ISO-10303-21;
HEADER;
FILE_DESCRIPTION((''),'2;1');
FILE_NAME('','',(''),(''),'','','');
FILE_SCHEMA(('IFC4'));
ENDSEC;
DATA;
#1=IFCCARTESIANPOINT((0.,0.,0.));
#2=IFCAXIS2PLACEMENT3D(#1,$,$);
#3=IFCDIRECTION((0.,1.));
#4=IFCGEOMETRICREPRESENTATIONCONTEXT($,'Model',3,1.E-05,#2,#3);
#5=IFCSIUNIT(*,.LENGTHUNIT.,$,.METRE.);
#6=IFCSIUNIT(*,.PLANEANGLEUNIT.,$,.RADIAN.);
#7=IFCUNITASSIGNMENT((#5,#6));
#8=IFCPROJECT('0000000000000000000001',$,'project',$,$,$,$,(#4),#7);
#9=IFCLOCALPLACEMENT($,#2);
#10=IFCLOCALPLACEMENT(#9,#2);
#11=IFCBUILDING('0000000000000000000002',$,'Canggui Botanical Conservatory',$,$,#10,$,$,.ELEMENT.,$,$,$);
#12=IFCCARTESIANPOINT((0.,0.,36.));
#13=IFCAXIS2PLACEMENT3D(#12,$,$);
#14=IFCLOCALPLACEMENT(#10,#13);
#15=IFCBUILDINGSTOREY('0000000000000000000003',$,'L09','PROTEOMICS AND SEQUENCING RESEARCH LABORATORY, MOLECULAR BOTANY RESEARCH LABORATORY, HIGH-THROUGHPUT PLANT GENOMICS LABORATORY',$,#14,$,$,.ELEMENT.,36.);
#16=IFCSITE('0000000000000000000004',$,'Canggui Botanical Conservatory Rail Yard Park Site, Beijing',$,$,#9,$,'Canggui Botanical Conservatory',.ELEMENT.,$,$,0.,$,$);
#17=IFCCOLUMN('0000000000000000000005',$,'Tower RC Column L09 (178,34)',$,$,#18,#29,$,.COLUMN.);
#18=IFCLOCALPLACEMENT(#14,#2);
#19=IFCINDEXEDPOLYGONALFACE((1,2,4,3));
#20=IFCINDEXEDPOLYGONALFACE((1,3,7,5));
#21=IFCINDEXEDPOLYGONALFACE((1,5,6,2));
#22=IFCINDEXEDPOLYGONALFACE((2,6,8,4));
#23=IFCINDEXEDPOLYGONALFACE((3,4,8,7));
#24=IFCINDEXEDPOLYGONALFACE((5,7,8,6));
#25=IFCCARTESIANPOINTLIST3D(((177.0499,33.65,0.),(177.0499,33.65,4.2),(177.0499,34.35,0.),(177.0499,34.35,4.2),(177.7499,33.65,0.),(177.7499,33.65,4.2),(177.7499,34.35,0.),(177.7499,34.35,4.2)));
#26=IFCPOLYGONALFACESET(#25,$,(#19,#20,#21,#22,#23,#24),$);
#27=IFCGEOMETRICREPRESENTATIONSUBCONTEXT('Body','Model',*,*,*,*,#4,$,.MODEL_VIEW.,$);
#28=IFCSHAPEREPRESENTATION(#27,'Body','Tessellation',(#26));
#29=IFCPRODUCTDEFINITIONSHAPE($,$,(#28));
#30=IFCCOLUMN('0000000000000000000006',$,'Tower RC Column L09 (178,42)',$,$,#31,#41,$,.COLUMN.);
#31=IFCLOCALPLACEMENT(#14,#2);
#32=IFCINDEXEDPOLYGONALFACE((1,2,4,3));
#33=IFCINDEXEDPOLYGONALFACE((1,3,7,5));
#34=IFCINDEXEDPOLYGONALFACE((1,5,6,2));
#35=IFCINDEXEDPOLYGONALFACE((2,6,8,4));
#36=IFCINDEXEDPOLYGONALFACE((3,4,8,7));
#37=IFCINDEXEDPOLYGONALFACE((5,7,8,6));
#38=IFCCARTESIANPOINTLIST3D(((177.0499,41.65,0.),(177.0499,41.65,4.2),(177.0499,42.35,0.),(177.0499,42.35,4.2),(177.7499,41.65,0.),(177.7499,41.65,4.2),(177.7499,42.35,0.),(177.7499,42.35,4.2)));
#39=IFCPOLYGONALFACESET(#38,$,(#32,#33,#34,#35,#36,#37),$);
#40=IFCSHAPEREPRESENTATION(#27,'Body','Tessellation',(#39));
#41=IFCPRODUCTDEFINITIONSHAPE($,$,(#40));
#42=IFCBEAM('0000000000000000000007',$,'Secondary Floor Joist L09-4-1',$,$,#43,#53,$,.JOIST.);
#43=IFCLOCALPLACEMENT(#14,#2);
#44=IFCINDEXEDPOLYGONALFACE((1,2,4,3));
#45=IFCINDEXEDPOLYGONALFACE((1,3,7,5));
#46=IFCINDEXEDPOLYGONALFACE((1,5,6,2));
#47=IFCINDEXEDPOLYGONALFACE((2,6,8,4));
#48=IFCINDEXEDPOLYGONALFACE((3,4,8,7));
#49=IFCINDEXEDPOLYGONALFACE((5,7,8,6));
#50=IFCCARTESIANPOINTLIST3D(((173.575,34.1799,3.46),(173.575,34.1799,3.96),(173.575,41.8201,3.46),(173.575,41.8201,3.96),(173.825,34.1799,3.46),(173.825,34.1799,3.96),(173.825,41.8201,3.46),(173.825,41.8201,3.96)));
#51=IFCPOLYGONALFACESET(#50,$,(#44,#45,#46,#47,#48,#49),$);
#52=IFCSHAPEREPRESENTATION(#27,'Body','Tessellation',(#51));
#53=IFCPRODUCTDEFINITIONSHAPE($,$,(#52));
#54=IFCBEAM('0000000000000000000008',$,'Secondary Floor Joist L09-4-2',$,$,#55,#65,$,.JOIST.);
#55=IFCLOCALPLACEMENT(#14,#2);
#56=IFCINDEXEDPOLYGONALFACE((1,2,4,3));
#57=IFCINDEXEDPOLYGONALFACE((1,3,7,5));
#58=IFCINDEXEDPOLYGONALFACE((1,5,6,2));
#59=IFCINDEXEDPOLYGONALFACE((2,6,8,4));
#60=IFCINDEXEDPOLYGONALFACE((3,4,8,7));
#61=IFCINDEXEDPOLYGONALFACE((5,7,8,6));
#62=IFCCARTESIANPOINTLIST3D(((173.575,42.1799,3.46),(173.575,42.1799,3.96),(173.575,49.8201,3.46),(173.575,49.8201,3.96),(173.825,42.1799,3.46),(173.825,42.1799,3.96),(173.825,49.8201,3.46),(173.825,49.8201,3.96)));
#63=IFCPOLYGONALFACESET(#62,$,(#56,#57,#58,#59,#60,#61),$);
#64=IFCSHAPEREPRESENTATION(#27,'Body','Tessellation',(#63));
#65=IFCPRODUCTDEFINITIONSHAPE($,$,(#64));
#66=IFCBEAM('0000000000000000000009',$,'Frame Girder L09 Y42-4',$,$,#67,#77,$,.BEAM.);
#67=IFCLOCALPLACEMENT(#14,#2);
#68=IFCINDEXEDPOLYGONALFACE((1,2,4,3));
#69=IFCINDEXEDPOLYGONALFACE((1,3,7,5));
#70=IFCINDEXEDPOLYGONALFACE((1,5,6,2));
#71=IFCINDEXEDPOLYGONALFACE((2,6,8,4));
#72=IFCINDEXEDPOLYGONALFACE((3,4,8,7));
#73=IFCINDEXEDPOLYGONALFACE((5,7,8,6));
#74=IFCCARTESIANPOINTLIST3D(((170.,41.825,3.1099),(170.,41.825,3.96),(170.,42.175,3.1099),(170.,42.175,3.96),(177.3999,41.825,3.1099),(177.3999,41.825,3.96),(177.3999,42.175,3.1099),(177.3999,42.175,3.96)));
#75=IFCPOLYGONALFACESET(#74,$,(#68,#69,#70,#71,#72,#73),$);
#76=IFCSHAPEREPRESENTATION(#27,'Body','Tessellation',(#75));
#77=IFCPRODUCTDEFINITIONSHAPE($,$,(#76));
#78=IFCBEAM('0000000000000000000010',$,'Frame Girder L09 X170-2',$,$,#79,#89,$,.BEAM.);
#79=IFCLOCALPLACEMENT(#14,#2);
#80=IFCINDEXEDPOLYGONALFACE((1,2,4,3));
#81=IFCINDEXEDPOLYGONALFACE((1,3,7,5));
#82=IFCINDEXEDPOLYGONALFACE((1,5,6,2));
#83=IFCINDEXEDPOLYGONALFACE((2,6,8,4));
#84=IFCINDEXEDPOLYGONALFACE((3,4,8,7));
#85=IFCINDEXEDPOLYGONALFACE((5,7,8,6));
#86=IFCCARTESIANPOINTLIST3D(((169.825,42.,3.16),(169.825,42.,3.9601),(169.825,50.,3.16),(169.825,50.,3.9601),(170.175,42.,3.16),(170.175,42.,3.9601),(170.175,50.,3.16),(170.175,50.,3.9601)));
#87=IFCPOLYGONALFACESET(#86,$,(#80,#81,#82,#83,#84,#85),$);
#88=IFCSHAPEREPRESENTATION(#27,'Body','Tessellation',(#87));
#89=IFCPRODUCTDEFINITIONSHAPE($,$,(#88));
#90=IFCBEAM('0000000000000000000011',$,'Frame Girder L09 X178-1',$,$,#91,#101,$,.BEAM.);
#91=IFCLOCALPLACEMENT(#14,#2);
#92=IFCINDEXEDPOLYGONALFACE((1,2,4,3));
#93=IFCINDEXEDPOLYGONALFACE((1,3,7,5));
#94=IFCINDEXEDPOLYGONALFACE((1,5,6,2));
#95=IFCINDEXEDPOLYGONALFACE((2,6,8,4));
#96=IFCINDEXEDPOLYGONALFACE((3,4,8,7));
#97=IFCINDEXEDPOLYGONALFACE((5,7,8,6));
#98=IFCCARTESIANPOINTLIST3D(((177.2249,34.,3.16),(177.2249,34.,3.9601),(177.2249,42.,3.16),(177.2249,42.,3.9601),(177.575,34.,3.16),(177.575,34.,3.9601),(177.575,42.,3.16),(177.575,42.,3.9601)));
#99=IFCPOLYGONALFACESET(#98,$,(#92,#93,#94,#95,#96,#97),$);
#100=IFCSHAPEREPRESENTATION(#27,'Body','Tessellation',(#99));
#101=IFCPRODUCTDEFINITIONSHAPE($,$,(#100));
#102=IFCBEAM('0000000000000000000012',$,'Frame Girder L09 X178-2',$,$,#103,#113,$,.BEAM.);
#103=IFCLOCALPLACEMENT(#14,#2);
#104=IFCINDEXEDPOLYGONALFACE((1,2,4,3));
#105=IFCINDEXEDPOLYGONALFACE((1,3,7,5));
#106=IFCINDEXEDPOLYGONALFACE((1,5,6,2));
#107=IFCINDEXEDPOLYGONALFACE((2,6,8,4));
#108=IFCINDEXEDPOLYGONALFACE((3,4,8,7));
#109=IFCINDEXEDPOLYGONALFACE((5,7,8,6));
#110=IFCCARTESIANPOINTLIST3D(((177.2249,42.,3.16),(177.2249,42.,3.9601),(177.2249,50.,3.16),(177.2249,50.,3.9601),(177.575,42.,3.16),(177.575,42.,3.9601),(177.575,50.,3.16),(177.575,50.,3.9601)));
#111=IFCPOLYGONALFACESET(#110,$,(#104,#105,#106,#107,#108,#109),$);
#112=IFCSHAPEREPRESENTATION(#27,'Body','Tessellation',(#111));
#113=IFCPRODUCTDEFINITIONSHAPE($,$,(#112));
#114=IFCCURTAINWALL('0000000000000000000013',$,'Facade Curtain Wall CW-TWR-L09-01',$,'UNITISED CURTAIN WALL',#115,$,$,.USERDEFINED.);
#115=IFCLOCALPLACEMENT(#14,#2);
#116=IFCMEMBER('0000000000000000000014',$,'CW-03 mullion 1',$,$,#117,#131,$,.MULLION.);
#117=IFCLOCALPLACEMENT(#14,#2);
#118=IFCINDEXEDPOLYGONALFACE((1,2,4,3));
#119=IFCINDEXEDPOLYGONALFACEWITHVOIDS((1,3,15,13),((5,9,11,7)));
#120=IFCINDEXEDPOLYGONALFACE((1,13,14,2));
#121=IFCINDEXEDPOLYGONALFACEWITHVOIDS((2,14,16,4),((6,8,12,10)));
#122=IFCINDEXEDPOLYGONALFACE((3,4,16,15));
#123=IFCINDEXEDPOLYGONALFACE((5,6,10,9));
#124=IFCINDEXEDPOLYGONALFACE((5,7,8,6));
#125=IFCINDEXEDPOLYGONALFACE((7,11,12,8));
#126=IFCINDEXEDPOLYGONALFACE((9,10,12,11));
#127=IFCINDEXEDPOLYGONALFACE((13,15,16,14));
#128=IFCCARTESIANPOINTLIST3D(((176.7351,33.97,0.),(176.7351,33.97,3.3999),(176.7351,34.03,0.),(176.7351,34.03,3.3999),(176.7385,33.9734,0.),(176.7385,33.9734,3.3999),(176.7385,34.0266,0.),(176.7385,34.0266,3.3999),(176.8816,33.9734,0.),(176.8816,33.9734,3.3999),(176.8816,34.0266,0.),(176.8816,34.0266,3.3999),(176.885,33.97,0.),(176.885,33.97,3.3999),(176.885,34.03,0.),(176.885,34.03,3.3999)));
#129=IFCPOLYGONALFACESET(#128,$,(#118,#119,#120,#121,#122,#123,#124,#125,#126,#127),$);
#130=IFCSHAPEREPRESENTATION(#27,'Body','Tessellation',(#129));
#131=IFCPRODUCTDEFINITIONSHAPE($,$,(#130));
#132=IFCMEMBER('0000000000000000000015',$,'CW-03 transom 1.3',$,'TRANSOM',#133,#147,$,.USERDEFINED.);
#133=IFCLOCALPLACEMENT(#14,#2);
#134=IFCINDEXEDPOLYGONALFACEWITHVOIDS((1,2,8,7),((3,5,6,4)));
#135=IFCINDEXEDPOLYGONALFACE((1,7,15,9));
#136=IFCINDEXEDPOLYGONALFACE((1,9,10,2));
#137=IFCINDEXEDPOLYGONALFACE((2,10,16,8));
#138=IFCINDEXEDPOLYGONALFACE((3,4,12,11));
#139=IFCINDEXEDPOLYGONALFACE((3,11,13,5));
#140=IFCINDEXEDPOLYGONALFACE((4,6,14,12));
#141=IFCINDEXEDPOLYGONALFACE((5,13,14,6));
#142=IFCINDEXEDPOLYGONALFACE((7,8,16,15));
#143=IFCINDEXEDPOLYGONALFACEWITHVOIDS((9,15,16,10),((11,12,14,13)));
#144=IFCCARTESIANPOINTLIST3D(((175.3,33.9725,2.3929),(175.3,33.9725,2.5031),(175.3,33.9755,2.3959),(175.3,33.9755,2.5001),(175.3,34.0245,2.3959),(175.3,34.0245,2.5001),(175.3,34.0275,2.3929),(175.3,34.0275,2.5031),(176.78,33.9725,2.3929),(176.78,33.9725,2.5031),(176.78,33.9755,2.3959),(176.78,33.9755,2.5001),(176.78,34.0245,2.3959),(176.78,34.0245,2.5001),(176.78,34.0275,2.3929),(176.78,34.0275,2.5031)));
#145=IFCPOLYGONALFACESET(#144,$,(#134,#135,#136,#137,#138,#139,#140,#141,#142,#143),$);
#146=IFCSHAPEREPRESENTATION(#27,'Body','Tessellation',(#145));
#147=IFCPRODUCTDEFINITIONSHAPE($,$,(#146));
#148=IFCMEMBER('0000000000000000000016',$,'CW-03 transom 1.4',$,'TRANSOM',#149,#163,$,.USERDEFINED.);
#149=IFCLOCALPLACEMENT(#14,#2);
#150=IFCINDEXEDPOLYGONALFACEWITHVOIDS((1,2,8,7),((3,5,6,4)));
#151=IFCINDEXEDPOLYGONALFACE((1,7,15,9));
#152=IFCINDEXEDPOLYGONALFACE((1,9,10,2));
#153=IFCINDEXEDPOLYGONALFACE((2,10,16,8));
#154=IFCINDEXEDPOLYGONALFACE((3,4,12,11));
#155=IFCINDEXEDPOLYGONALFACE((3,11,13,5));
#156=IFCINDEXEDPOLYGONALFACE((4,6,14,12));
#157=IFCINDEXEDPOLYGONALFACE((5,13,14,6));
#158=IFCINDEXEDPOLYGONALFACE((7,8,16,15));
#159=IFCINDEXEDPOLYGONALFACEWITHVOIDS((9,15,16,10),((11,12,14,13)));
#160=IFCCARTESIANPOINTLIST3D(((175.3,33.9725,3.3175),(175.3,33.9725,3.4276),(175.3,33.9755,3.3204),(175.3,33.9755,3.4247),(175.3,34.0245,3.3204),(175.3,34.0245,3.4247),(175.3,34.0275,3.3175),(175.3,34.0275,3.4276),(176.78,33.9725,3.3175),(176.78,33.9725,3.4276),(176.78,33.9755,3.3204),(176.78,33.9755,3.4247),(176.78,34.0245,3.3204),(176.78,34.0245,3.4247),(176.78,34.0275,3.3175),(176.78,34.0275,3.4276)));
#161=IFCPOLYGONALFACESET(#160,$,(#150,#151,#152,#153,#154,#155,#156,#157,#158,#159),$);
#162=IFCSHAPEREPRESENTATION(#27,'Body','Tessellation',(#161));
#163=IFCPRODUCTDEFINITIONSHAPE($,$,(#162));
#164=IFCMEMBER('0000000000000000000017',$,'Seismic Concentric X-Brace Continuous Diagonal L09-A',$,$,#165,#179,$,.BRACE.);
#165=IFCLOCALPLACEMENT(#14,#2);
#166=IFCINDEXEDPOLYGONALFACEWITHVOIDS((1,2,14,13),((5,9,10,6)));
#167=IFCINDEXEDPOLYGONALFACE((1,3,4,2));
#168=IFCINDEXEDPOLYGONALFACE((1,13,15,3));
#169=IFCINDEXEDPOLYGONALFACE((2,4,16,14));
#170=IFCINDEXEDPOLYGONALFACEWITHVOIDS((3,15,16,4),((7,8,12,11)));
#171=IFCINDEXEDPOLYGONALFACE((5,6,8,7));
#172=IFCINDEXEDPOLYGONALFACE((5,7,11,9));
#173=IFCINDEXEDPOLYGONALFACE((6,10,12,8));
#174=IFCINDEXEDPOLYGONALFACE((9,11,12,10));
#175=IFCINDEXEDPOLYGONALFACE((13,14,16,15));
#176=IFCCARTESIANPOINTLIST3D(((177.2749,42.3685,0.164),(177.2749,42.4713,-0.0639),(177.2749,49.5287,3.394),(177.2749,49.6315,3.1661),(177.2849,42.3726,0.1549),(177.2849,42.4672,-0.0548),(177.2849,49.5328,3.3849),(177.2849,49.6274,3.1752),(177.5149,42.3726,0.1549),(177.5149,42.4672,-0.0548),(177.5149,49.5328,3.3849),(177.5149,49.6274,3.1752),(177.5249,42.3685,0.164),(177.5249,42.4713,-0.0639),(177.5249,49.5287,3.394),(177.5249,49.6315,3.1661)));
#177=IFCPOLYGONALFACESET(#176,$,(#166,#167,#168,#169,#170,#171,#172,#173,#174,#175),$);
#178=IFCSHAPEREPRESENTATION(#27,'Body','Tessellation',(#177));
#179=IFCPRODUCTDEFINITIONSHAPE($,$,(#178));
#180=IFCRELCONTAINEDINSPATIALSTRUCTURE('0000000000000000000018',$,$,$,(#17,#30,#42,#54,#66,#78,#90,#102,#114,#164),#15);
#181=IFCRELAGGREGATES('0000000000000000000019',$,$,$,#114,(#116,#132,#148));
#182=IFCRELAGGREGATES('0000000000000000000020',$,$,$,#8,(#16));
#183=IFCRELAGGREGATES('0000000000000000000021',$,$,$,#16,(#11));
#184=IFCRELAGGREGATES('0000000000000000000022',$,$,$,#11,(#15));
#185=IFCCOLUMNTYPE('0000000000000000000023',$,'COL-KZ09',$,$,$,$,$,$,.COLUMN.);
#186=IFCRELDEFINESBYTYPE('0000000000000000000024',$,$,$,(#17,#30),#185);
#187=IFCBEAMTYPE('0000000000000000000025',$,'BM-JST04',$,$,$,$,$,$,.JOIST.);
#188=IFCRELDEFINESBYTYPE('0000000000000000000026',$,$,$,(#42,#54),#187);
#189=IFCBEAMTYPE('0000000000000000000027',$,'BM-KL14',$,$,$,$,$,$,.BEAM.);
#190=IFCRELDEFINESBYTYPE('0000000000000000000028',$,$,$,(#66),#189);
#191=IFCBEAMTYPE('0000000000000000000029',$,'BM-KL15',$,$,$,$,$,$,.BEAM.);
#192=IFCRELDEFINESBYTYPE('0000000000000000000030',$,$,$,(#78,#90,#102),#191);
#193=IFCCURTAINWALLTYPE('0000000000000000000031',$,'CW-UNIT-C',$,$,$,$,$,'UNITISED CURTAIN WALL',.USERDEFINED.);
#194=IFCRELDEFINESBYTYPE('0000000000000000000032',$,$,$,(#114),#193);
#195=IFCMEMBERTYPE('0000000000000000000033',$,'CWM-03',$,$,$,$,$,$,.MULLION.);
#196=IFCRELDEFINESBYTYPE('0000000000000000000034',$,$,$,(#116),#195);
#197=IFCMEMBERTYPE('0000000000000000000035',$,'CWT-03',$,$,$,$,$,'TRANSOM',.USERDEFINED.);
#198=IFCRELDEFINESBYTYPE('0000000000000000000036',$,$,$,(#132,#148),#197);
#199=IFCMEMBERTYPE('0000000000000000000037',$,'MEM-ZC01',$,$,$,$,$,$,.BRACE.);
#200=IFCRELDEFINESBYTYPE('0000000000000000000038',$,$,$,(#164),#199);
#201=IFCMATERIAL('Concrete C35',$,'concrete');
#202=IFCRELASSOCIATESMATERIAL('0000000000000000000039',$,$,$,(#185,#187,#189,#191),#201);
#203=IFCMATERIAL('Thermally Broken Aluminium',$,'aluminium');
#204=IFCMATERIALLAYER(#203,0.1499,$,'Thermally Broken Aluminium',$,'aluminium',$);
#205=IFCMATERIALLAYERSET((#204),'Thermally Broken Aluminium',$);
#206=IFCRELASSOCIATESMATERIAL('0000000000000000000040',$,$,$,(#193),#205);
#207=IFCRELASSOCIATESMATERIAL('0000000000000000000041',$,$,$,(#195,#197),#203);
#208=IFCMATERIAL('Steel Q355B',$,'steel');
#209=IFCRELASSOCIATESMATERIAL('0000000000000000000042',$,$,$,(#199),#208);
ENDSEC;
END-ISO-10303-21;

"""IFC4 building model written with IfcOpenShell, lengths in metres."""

from ifc_helpers import new_model, si_unit, direction, frame, origin, origin_2d, place, context, subcontext, project, spatial, rectangle, hollow_rectangle, extrude, material, layer, layer_set, material_profile, profile_set, type_object, element, aggregate, save


model = new_model("IFC4")

# Units and contexts
model_context = context("Model", 3, precision=1e-05, world=origin(), true_north=direction((0.0, 1.0)))
body_context = subcontext(model_context, "Body", "Model", "MODEL_VIEW")
ifc_project = project(units=[si_unit("LENGTHUNIT", "METRE"), si_unit("PLANEANGLEUNIT", "RADIAN")], contexts=[model_context])

# Site, building, storey
site_placement = place(None, origin())
site = spatial("IfcSite", under=ifc_project, at=site_placement, Name="Canggui Botanical Conservatory Rail Yard Park Site, Beijing", LongName="Canggui Botanical Conservatory", CompositionType="ELEMENT", RefElevation=0.0)
building_placement = place(site_placement, origin())
building = spatial("IfcBuilding", under=site, at=building_placement, Name="Canggui Botanical Conservatory", CompositionType="ELEMENT")
storey_placement = place(building_placement, frame((0.0, 0.0, 36.0)))
storey = spatial("IfcBuildingStorey", under=building, at=storey_placement, Name="L09", Description="PROTEOMICS AND SEQUENCING RESEARCH LABORATORY, MOLECULAR BOTANY RESEARCH LABORATORY, HIGH-THROUGHPUT PLANT GENOMICS LABORATORY", CompositionType="ELEMENT", Elevation=36.0)

# Columns
ifc_material_1 = material(Name="Concrete C35", Category="concrete")
ifc_material_profile_1 = material_profile(ifc_material_1, rectangle(XDim=0.7, YDim=0.7, at=origin_2d()), Name="RC 700x700")
ifc_profile_set_1 = profile_set([ifc_material_profile_1], Name="Concrete C35")
column_type = type_object("IfcColumnType", Name="COL-KZ09", PredefinedType="COLUMN", material=ifc_profile_set_1)
for number, where, z_axis, x_axis, name in (
    (1, (177.3999, 34.0, 0.0), (0.0, 0.0, 1.0), (1.0, 0.0, 0.0), "Tower RC Column L09 (178,34)"),
    (2, (177.3999, 42.0, 0.0), (0.0, 0.0, 1.0), (1.0, 0.0, 0.0), "Tower RC Column L09 (178,42)"),
):
    element("IfcColumn", number, at=place(storey_placement, frame(where, z_axis=z_axis, x_axis=x_axis)), inside=storey, type_object=column_type, Name=name, PredefinedType="COLUMN", context=body_context, shape_type="SweptSolid", body=[
        extrude(rectangle(XDim=0.7, YDim=0.7, at=origin_2d()), origin(), (0.0, 0.0, 1.0), 4.2),
    ])

# Beams
ifc_material_profile_2 = material_profile(ifc_material_1, rectangle(XDim=0.25, YDim=0.5, at=origin_2d()), Name="RB 250x500")
ifc_profile_set_2 = profile_set([ifc_material_profile_2], Name="Concrete C35")
beam_type_1 = type_object("IfcBeamType", Name="BM-JST04", PredefinedType="JOIST", material=ifc_profile_set_2)
for number, where, z_axis, x_axis, name in (
    (3, (173.7, 34.1799, 3.71), (0.0, 1.0, 0.0), (-1.0, 0.0, 0.0), "Secondary Floor Joist L09-4-1"),
    (4, (173.7, 42.1799, 3.71), (0.0, 1.0, 0.0), (-1.0, 0.0, 0.0), "Secondary Floor Joist L09-4-2"),
):
    element("IfcBeam", number, at=place(storey_placement, frame(where, z_axis=z_axis, x_axis=x_axis)), inside=storey, type_object=beam_type_1, Name=name, PredefinedType="JOIST", context=body_context, shape_type="SweptSolid", body=[
        extrude(rectangle(XDim=0.25, YDim=0.5, at=origin_2d()), origin(), (0.0, 0.0, 1.0), 7.6401),
    ])
ifc_material_profile_3 = material_profile(ifc_material_1, rectangle(XDim=0.3501, YDim=0.8501, at=origin_2d()), Name="RB 350x850")
ifc_profile_set_3 = profile_set([ifc_material_profile_3], Name="Concrete C35")
beam_type_2 = type_object("IfcBeamType", Name="BM-KL14", PredefinedType="BEAM", material=ifc_profile_set_3)
beam_placement = place(storey_placement, frame((170.0, 42.0, 3.5349), z_axis=(1.0, 0.0, 0.0), x_axis=(0.0, 1.0, 0.0)))
element("IfcBeam", 5, at=beam_placement, inside=storey, type_object=beam_type_2, Name="Frame Girder L09 Y42-4", PredefinedType="BEAM", context=body_context, shape_type="SweptSolid", body=[
    extrude(rectangle(XDim=0.3501, YDim=0.8501, at=origin_2d()), origin(), (0.0, 0.0, 1.0), 7.3999),
])
ifc_material_profile_4 = material_profile(ifc_material_1, rectangle(XDim=0.3501, YDim=0.8, at=origin_2d()), Name="RB 350x800")
ifc_profile_set_4 = profile_set([ifc_material_profile_4], Name="Concrete C35")
beam_type_3 = type_object("IfcBeamType", Name="BM-KL15", PredefinedType="BEAM", material=ifc_profile_set_4)
for number, where, z_axis, x_axis, name in (
    (6, (170.0, 42.0, 3.5601), (0.0, 1.0, 0.0), (-1.0, 0.0, 0.0), "Frame Girder L09 X170-2"),
    (7, (177.3999, 34.0, 3.5601), (0.0, 1.0, 0.0), (-1.0, 0.0, 0.0), "Frame Girder L09 X178-1"),
    (8, (177.3999, 42.0, 3.5601), (0.0, 1.0, 0.0), (-1.0, 0.0, 0.0), "Frame Girder L09 X178-2"),
):
    element("IfcBeam", number, at=place(storey_placement, frame(where, z_axis=z_axis, x_axis=x_axis)), inside=storey, type_object=beam_type_3, Name=name, PredefinedType="BEAM", context=body_context, shape_type="SweptSolid", body=[
        extrude(rectangle(XDim=0.3501, YDim=0.8, at=origin_2d()), origin(), (0.0, 0.0, 1.0), 8.0),
    ])

# Curtain wall, members
ifc_material_2 = material(Name="Thermally Broken Aluminium", Category="aluminium")
ifc_layer_1 = layer(ifc_material_2, 0.1499, Name="Thermally Broken Aluminium", Category="aluminium")
ifc_layer_set_1 = layer_set([ifc_layer_1], Name="Thermally Broken Aluminium")
curtain_wall_type = type_object("IfcCurtainWallType", Name="CW-UNIT-C", ElementType="UNITISED CURTAIN WALL", PredefinedType="USERDEFINED", material=ifc_layer_set_1)
curtain_wall_placement = place(storey_placement, origin())
curtain_wall = element("IfcCurtainWall", 9, at=curtain_wall_placement, inside=storey, type_object=curtain_wall_type, Name="Facade Curtain Wall CW-TWR-L09-01", ObjectType="UNITISED CURTAIN WALL", PredefinedType="USERDEFINED")
ifc_material_profile_5 = material_profile(ifc_material_2, hollow_rectangle(XDim=0.0601, YDim=0.1499, WallThickness=0.0034, at=origin_2d()), Name="CWM 60x150x3.5")
ifc_profile_set_5 = profile_set([ifc_material_profile_5], Name="Thermally Broken Aluminium")
member_type_1 = type_object("IfcMemberType", Name="CWM-03", PredefinedType="MULLION", material=ifc_profile_set_5)
member_1_placement = place(storey_placement, frame((176.8101, 34.0, 0.0), z_axis=(0.0, 0.0, 1.0), x_axis=(0.0, -1.0, 0.0)))
member_1 = element("IfcMember", 10, at=member_1_placement, type_object=member_type_1, Name="CW-03 mullion 1", PredefinedType="MULLION", context=body_context, shape_type="SweptSolid", body=[
    extrude(hollow_rectangle(XDim=0.0601, YDim=0.1499, WallThickness=0.0034, at=origin_2d()), origin(), (0.0, 0.0, 1.0), 3.3999),
])
ifc_material_profile_6 = material_profile(ifc_material_2, hollow_rectangle(XDim=0.0549, YDim=0.1101, WallThickness=0.0029, at=origin_2d()), Name="CWT 55x110x3")
ifc_profile_set_6 = profile_set([ifc_material_profile_6], Name="Thermally Broken Aluminium")
member_type_2 = type_object("IfcMemberType", Name="CWT-03", ElementType="TRANSOM", PredefinedType="USERDEFINED", material=ifc_profile_set_6)
member_2_placement = place(storey_placement, frame((176.78, 34.0, 2.448), z_axis=(-1.0, 0.0, 0.0), x_axis=(0.0, -1.0, 0.0)))
member_2 = element("IfcMember", 11, at=member_2_placement, type_object=member_type_2, Name="CW-03 transom 1.3", ObjectType="TRANSOM", PredefinedType="USERDEFINED", context=body_context, shape_type="SweptSolid", body=[
    extrude(hollow_rectangle(XDim=0.0549, YDim=0.1101, WallThickness=0.0029, at=origin_2d()), origin(), (0.0, 0.0, 1.0), 1.48),
])
member_3_placement = place(storey_placement, frame((176.78, 34.0, 3.3726), z_axis=(-1.0, 0.0, 0.0), x_axis=(0.0, -1.0, 0.0)))
member_3 = element("IfcMember", 12, at=member_3_placement, type_object=member_type_2, Name="CW-03 transom 1.4", ObjectType="TRANSOM", PredefinedType="USERDEFINED", context=body_context, shape_type="SweptSolid", body=[
    extrude(hollow_rectangle(XDim=0.0549, YDim=0.1101, WallThickness=0.0029, at=origin_2d()), origin(), (0.0, 0.0, 1.0), 1.48),
])
aggregate(curtain_wall, [member_1, member_2, member_3])

# Member
ifc_material_3 = material(Name="Steel Q355B", Category="steel")
ifc_material_profile_7 = material_profile(ifc_material_3, hollow_rectangle(XDim=0.25, YDim=0.25, WallThickness=0.01, at=origin_2d()), Name="SHS 250x250x10")
ifc_profile_set_7 = profile_set([ifc_material_profile_7], Name="Steel Q355B")
member_type_3 = type_object("IfcMemberType", Name="MEM-ZC01", PredefinedType="BRACE", material=ifc_profile_set_7)
member_4_placement = place(storey_placement, frame((177.3999, 42.4199, 0.05), z_axis=(0.0, 0.911544, 0.411202), x_axis=(-1.0, 0.0, 0.0)))
element("IfcMember", 13, at=member_4_placement, inside=storey, type_object=member_type_3, Name="Seismic Concentric X-Brace Continuous Diagonal L09-A", PredefinedType="BRACE", context=body_context, shape_type="SweptSolid", body=[
    extrude(hollow_rectangle(XDim=0.25, YDim=0.25, WallThickness=0.01, at=origin_2d()), origin(), (0.0, 0.0, 1.0), 7.855),
])

save(model, "model.ifc")
